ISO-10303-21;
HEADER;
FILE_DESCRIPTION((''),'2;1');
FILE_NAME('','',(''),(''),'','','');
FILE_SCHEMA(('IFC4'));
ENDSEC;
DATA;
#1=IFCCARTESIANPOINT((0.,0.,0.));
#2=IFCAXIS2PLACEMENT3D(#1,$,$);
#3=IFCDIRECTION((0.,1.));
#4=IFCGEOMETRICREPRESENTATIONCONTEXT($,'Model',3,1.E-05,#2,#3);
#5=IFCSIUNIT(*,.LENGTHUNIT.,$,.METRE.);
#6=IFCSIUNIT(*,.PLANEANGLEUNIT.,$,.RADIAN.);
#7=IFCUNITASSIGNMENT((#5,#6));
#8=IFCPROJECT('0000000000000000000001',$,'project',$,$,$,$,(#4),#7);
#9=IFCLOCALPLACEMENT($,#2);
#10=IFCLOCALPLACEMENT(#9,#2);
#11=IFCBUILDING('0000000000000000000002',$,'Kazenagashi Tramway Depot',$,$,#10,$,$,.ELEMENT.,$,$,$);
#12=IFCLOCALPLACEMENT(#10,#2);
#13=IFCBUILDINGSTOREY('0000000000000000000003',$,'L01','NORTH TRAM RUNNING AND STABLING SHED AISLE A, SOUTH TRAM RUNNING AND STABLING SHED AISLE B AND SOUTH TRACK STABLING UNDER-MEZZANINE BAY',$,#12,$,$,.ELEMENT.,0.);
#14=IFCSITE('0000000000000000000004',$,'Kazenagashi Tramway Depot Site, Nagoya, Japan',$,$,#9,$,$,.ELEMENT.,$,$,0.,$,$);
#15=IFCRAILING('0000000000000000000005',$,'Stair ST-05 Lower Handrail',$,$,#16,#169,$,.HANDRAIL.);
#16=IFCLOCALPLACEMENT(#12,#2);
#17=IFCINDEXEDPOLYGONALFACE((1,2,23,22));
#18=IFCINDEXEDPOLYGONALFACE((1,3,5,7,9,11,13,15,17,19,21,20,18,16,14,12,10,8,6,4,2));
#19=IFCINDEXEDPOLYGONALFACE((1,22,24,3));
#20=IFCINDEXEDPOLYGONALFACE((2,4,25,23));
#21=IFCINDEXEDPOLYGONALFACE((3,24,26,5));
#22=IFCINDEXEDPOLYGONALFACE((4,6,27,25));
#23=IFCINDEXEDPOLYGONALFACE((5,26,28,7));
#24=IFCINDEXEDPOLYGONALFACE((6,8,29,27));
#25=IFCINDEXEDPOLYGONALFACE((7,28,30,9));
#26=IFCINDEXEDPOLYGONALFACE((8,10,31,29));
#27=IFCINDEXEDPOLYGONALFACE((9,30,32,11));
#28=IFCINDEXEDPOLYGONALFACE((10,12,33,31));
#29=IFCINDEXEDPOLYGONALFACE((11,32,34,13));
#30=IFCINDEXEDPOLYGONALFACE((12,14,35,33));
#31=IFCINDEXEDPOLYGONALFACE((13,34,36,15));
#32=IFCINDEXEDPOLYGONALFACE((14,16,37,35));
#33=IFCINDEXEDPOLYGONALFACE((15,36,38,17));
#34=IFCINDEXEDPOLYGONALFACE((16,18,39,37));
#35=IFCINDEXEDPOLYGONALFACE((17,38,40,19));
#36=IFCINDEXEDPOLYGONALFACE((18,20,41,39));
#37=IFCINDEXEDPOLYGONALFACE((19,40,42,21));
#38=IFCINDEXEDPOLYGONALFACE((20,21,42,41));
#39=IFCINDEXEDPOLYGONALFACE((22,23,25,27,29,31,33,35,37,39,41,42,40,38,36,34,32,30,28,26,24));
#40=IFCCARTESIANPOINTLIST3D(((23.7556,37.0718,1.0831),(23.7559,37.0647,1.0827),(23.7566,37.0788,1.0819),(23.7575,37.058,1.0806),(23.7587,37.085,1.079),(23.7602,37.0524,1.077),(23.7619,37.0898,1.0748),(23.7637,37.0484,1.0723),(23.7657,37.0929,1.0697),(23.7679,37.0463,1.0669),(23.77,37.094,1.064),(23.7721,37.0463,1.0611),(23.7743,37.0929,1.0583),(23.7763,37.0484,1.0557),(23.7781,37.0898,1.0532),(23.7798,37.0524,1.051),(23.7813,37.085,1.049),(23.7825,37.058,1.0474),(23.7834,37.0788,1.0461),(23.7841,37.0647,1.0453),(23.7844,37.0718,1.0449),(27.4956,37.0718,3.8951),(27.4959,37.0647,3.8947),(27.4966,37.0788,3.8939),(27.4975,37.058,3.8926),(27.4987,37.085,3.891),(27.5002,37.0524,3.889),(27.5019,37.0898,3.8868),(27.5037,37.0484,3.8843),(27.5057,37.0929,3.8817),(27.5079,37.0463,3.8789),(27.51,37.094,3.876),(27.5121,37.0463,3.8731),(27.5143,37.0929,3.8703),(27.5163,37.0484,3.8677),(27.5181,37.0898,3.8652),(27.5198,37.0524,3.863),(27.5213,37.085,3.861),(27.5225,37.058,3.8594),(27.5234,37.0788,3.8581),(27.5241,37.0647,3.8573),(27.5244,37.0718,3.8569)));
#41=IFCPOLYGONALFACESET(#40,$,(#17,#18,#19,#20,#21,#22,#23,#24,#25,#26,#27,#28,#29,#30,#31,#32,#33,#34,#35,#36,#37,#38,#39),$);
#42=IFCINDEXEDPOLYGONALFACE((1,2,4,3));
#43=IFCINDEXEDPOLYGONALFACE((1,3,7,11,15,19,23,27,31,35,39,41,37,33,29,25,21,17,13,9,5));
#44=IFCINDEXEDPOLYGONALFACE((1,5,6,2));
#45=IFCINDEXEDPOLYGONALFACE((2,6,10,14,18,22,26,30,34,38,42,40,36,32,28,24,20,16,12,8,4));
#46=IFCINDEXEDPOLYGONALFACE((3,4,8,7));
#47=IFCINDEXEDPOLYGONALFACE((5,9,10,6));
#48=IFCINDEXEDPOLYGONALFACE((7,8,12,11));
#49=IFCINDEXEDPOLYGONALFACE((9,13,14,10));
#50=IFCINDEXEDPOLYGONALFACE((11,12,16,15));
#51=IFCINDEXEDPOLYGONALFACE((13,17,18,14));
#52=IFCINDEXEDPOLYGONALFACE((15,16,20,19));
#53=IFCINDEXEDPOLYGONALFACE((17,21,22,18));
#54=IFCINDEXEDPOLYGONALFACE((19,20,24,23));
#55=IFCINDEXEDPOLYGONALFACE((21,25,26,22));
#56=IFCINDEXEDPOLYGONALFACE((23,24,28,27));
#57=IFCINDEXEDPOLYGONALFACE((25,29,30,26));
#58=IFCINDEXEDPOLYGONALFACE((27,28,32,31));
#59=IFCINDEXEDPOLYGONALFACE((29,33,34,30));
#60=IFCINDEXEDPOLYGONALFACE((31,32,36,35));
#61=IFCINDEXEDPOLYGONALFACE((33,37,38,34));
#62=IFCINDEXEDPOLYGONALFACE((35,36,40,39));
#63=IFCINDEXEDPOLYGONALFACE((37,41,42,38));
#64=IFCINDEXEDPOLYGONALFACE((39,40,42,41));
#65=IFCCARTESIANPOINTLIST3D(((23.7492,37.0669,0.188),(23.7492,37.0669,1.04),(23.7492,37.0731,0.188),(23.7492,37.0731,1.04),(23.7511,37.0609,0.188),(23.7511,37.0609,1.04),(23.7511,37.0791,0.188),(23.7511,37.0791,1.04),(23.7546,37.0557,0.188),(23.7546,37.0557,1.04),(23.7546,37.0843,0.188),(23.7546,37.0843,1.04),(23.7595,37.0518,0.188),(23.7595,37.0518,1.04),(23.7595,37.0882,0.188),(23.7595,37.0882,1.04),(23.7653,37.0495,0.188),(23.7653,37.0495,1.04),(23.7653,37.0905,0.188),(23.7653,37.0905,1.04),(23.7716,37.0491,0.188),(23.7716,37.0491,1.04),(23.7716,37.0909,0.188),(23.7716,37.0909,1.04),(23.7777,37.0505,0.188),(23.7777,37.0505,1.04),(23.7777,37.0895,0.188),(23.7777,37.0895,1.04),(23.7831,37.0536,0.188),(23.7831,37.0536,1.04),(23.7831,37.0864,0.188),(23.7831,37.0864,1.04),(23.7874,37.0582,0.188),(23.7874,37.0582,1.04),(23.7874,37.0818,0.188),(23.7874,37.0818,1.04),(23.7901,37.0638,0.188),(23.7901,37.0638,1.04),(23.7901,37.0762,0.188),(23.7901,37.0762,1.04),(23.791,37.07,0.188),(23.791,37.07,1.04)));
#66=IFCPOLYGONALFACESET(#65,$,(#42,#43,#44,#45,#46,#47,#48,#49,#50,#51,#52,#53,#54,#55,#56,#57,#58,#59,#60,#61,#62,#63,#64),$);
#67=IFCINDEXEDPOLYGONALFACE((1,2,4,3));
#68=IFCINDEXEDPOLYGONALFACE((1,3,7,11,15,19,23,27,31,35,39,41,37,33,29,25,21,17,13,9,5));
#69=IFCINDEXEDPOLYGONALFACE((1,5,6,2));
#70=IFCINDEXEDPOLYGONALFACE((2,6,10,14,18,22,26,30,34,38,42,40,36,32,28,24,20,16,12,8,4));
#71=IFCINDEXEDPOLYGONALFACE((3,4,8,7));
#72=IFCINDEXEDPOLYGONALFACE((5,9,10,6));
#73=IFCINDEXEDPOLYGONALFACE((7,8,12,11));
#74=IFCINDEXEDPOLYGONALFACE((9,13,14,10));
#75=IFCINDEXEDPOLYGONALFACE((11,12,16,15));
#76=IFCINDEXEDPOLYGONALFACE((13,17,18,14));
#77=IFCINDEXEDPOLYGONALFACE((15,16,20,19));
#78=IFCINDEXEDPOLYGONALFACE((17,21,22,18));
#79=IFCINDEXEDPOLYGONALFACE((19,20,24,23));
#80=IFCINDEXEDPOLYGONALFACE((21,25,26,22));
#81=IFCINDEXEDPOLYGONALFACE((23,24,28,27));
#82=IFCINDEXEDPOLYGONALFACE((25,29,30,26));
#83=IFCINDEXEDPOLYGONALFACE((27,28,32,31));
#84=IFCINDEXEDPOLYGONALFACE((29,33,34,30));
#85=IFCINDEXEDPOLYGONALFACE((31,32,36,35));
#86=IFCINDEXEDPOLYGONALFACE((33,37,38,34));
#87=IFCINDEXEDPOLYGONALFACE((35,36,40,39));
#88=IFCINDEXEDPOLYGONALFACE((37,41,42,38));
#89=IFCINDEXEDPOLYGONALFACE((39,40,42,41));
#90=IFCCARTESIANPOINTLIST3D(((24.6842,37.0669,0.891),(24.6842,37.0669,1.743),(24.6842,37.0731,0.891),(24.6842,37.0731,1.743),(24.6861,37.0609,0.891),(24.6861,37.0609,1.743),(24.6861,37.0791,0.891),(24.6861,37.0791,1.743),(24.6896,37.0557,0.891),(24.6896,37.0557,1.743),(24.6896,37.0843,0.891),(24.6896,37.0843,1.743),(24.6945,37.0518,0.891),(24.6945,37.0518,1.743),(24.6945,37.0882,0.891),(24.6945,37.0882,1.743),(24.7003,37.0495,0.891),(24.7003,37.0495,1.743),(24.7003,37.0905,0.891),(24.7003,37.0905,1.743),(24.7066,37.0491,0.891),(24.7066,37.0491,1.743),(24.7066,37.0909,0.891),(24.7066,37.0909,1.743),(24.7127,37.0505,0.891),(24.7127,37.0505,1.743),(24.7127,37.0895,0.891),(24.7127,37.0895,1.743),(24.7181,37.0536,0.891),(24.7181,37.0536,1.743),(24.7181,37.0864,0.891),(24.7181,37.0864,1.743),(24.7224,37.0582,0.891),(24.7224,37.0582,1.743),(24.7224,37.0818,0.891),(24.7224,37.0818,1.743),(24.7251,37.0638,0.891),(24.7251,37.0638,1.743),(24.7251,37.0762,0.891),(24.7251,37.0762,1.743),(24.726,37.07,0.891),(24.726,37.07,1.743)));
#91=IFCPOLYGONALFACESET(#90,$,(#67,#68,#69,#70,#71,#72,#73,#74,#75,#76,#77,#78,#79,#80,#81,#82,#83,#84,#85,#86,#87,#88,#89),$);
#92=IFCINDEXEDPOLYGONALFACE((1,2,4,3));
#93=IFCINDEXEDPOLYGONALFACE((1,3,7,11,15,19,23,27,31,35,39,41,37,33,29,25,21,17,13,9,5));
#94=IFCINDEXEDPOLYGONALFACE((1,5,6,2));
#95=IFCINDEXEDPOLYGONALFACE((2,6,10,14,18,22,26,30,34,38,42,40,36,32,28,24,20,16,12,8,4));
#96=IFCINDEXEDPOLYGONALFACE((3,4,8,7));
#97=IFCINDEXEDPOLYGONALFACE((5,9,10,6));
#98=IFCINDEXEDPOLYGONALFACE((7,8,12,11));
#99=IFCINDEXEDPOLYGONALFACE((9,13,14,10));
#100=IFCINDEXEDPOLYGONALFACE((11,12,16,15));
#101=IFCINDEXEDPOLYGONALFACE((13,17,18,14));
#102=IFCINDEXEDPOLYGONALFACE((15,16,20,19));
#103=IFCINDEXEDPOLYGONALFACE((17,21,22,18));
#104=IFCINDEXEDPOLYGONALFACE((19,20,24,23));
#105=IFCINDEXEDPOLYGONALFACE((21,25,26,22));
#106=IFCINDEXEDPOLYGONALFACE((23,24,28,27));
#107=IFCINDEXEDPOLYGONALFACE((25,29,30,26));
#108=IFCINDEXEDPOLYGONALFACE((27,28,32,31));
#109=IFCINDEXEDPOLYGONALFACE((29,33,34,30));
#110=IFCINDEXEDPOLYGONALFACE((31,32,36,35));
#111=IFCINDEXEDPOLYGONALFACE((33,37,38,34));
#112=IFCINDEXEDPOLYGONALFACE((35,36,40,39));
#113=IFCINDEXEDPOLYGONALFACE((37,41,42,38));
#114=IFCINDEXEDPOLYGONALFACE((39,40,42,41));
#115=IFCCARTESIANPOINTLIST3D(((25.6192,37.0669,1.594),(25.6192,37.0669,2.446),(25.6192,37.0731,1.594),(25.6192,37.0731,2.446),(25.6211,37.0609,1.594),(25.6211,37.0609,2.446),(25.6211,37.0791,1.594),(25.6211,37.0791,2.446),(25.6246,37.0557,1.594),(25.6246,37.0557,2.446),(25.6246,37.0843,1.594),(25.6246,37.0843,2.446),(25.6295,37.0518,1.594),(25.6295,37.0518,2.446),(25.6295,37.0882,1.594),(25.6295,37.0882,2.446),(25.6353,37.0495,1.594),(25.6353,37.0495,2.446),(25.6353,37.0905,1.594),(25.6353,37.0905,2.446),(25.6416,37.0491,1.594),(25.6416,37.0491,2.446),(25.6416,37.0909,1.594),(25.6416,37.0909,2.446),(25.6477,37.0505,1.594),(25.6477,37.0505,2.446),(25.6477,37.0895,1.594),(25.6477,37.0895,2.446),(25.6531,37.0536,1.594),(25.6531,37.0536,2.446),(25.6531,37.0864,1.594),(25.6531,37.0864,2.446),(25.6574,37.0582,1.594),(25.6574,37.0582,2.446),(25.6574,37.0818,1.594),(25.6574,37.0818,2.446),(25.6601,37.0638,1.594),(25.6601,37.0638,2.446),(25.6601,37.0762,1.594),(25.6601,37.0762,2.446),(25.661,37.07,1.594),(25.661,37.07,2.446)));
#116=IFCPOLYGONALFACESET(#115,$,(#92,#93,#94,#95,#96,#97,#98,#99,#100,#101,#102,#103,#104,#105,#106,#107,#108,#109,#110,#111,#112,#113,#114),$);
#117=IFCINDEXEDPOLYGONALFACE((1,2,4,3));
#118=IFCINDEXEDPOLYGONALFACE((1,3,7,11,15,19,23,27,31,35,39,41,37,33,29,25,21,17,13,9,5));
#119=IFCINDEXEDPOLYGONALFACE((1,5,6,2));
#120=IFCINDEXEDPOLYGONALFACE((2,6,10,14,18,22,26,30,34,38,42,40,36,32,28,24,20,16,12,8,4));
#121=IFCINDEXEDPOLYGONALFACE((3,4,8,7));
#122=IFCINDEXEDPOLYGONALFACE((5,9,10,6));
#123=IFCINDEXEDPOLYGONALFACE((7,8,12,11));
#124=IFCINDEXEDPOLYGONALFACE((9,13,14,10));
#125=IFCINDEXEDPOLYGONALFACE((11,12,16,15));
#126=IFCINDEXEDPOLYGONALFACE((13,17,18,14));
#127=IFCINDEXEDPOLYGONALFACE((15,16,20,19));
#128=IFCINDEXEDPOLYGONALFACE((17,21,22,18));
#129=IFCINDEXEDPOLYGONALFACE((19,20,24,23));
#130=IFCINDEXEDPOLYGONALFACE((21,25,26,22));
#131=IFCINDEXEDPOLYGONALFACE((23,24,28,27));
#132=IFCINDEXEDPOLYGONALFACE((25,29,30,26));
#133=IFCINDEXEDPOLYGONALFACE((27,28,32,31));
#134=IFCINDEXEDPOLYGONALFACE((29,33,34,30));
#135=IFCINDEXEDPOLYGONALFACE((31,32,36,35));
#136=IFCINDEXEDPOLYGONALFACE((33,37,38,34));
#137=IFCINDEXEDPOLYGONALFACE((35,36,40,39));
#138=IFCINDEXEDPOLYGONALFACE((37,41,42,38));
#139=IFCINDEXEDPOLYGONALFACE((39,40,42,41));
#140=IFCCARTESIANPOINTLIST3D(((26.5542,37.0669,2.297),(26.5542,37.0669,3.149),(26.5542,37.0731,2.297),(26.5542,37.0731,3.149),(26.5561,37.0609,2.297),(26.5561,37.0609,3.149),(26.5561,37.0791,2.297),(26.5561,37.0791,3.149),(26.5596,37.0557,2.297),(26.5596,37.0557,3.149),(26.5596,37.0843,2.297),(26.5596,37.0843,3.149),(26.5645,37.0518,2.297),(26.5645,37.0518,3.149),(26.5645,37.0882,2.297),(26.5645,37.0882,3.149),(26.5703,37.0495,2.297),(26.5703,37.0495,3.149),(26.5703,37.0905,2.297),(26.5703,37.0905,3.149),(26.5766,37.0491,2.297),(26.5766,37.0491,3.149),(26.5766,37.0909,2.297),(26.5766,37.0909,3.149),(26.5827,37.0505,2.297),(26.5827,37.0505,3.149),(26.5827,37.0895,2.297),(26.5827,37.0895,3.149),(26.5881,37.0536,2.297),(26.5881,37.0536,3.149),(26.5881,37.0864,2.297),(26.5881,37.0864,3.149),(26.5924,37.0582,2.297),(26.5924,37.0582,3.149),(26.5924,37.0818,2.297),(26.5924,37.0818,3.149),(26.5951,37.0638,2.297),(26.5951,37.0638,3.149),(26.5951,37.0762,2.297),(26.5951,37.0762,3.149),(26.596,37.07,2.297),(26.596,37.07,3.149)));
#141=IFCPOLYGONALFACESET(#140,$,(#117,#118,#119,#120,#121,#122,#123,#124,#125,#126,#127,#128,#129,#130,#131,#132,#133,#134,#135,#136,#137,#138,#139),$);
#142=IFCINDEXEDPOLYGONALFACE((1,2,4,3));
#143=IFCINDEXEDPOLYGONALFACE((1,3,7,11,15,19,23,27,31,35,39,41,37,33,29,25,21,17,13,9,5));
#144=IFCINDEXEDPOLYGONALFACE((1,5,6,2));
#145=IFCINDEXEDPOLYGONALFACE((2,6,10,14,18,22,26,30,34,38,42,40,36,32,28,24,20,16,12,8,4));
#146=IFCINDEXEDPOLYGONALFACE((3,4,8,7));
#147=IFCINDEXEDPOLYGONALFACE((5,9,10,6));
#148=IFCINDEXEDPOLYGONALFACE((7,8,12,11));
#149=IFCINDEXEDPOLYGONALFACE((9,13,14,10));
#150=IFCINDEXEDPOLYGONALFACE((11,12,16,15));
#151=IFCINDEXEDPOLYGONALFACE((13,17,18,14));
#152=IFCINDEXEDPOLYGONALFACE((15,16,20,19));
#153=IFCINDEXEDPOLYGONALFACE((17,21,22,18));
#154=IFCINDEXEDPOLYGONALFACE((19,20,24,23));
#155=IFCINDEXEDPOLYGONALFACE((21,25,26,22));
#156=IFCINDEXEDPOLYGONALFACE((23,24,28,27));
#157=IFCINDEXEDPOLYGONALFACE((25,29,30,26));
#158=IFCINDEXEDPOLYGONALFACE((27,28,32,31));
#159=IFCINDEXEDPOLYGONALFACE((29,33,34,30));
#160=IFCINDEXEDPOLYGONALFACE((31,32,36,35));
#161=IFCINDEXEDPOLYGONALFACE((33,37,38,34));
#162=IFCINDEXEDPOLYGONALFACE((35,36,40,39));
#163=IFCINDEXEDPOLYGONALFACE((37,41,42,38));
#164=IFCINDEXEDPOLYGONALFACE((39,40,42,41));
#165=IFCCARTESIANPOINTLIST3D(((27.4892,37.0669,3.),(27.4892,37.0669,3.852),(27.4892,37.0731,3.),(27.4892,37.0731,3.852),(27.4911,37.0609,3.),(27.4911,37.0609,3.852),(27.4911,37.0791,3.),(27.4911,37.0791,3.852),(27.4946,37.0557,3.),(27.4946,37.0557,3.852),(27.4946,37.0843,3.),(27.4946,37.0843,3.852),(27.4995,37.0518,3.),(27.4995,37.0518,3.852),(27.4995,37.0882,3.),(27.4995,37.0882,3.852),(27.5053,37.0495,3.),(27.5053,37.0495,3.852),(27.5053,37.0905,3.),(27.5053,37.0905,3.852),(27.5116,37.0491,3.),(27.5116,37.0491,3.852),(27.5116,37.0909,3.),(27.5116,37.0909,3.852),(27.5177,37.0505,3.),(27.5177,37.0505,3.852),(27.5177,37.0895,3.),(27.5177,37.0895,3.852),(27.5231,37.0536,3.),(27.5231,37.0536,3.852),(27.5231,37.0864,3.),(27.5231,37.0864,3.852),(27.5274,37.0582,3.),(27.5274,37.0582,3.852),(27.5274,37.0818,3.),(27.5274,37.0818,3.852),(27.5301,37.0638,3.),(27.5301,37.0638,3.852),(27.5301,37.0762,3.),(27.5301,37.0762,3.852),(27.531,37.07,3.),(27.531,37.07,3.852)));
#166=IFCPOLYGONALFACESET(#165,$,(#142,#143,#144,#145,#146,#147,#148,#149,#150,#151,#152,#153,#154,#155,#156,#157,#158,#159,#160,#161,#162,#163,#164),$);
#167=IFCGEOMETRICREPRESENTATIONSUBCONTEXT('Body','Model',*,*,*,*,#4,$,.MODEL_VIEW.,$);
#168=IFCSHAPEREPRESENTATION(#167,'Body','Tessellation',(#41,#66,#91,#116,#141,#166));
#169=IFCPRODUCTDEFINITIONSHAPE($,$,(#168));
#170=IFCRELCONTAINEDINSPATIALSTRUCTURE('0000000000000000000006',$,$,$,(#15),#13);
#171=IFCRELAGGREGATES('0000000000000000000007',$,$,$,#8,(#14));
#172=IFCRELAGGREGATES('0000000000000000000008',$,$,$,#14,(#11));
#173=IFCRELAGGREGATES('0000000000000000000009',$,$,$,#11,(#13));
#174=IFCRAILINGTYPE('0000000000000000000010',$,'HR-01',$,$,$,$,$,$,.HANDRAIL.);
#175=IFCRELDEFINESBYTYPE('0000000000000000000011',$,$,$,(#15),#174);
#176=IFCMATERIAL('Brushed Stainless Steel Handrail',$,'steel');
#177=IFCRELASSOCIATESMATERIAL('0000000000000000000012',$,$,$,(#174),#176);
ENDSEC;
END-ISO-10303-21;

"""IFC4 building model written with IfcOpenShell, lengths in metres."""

from ifc_helpers import new_model, si_unit, direction, frame, origin, origin_2d, place, context, subcontext, project, spatial, circle, extrude, material, type_object, element, save


model = new_model("IFC4")

# Units and contexts
model_context = context("Model", 3, precision=1e-05, world=origin(), true_north=direction((0.0, 1.0)))
body_context = subcontext(model_context, "Body", "Model", "MODEL_VIEW")
ifc_project = project(units=[si_unit("LENGTHUNIT", "METRE"), si_unit("PLANEANGLEUNIT", "RADIAN")], contexts=[model_context])

# Site, building, storey
site_placement = place(None, origin())
site = spatial("IfcSite", under=ifc_project, at=site_placement, Name="Kazenagashi Tramway Depot Site, Nagoya, Japan", CompositionType="ELEMENT", RefElevation=0.0)
building_placement = place(site_placement, origin())
building = spatial("IfcBuilding", under=site, at=building_placement, Name="Kazenagashi Tramway Depot", CompositionType="ELEMENT")
storey_placement = place(building_placement, origin())
storey = spatial("IfcBuildingStorey", under=building, at=storey_placement, Name="L01", Description="NORTH TRAM RUNNING AND STABLING SHED AISLE A, SOUTH TRAM RUNNING AND STABLING SHED AISLE B AND SOUTH TRACK STABLING UNDER-MEZZANINE BAY", CompositionType="ELEMENT", Elevation=0.0)

# Railing
ifc_material_1 = material(Name="Brushed Stainless Steel Handrail", Category="steel")
railing_type = type_object("IfcRailingType", Name="HR-01", PredefinedType="HANDRAIL", material=ifc_material_1)
railing_1_placement = place(storey_placement, frame((23.77, 37.07, 0.188)))
element("IfcRailing", 1, at=railing_1_placement, inside=storey, type_object=railing_type, Name="Stair ST-05 Lower Handrail", PredefinedType="HANDRAIL", context=body_context, shape_type="SweptSolid", body=[
    extrude(circle(Radius=0.024, at=origin_2d()), frame((0.0, 0.0, 0.876), z_axis=(0.799281, 0.0, 0.600957), x_axis=(0.0, 1.0, 0.0)), (0.0, 0.0, 1.0), 4.6792),
    extrude(circle(Radius=0.021, at=origin_2d()), origin(), (0.0, 0.0, 1.0), 0.852),
    extrude(circle(Radius=0.021, at=origin_2d()), frame((0.935, 0.0, 0.703)), (0.0, 0.0, 1.0), 0.852),
    extrude(circle(Radius=0.021, at=origin_2d()), frame((1.87, 0.0, 1.406)), (0.0, 0.0, 1.0), 0.852),
    extrude(circle(Radius=0.021, at=origin_2d()), frame((2.805, 0.0, 2.109)), (0.0, 0.0, 1.0), 0.852),
    extrude(circle(Radius=0.021, at=origin_2d()), frame((3.74, 0.0, 2.812)), (0.0, 0.0, 1.0), 0.852),
])

save(model, "model.ifc")
